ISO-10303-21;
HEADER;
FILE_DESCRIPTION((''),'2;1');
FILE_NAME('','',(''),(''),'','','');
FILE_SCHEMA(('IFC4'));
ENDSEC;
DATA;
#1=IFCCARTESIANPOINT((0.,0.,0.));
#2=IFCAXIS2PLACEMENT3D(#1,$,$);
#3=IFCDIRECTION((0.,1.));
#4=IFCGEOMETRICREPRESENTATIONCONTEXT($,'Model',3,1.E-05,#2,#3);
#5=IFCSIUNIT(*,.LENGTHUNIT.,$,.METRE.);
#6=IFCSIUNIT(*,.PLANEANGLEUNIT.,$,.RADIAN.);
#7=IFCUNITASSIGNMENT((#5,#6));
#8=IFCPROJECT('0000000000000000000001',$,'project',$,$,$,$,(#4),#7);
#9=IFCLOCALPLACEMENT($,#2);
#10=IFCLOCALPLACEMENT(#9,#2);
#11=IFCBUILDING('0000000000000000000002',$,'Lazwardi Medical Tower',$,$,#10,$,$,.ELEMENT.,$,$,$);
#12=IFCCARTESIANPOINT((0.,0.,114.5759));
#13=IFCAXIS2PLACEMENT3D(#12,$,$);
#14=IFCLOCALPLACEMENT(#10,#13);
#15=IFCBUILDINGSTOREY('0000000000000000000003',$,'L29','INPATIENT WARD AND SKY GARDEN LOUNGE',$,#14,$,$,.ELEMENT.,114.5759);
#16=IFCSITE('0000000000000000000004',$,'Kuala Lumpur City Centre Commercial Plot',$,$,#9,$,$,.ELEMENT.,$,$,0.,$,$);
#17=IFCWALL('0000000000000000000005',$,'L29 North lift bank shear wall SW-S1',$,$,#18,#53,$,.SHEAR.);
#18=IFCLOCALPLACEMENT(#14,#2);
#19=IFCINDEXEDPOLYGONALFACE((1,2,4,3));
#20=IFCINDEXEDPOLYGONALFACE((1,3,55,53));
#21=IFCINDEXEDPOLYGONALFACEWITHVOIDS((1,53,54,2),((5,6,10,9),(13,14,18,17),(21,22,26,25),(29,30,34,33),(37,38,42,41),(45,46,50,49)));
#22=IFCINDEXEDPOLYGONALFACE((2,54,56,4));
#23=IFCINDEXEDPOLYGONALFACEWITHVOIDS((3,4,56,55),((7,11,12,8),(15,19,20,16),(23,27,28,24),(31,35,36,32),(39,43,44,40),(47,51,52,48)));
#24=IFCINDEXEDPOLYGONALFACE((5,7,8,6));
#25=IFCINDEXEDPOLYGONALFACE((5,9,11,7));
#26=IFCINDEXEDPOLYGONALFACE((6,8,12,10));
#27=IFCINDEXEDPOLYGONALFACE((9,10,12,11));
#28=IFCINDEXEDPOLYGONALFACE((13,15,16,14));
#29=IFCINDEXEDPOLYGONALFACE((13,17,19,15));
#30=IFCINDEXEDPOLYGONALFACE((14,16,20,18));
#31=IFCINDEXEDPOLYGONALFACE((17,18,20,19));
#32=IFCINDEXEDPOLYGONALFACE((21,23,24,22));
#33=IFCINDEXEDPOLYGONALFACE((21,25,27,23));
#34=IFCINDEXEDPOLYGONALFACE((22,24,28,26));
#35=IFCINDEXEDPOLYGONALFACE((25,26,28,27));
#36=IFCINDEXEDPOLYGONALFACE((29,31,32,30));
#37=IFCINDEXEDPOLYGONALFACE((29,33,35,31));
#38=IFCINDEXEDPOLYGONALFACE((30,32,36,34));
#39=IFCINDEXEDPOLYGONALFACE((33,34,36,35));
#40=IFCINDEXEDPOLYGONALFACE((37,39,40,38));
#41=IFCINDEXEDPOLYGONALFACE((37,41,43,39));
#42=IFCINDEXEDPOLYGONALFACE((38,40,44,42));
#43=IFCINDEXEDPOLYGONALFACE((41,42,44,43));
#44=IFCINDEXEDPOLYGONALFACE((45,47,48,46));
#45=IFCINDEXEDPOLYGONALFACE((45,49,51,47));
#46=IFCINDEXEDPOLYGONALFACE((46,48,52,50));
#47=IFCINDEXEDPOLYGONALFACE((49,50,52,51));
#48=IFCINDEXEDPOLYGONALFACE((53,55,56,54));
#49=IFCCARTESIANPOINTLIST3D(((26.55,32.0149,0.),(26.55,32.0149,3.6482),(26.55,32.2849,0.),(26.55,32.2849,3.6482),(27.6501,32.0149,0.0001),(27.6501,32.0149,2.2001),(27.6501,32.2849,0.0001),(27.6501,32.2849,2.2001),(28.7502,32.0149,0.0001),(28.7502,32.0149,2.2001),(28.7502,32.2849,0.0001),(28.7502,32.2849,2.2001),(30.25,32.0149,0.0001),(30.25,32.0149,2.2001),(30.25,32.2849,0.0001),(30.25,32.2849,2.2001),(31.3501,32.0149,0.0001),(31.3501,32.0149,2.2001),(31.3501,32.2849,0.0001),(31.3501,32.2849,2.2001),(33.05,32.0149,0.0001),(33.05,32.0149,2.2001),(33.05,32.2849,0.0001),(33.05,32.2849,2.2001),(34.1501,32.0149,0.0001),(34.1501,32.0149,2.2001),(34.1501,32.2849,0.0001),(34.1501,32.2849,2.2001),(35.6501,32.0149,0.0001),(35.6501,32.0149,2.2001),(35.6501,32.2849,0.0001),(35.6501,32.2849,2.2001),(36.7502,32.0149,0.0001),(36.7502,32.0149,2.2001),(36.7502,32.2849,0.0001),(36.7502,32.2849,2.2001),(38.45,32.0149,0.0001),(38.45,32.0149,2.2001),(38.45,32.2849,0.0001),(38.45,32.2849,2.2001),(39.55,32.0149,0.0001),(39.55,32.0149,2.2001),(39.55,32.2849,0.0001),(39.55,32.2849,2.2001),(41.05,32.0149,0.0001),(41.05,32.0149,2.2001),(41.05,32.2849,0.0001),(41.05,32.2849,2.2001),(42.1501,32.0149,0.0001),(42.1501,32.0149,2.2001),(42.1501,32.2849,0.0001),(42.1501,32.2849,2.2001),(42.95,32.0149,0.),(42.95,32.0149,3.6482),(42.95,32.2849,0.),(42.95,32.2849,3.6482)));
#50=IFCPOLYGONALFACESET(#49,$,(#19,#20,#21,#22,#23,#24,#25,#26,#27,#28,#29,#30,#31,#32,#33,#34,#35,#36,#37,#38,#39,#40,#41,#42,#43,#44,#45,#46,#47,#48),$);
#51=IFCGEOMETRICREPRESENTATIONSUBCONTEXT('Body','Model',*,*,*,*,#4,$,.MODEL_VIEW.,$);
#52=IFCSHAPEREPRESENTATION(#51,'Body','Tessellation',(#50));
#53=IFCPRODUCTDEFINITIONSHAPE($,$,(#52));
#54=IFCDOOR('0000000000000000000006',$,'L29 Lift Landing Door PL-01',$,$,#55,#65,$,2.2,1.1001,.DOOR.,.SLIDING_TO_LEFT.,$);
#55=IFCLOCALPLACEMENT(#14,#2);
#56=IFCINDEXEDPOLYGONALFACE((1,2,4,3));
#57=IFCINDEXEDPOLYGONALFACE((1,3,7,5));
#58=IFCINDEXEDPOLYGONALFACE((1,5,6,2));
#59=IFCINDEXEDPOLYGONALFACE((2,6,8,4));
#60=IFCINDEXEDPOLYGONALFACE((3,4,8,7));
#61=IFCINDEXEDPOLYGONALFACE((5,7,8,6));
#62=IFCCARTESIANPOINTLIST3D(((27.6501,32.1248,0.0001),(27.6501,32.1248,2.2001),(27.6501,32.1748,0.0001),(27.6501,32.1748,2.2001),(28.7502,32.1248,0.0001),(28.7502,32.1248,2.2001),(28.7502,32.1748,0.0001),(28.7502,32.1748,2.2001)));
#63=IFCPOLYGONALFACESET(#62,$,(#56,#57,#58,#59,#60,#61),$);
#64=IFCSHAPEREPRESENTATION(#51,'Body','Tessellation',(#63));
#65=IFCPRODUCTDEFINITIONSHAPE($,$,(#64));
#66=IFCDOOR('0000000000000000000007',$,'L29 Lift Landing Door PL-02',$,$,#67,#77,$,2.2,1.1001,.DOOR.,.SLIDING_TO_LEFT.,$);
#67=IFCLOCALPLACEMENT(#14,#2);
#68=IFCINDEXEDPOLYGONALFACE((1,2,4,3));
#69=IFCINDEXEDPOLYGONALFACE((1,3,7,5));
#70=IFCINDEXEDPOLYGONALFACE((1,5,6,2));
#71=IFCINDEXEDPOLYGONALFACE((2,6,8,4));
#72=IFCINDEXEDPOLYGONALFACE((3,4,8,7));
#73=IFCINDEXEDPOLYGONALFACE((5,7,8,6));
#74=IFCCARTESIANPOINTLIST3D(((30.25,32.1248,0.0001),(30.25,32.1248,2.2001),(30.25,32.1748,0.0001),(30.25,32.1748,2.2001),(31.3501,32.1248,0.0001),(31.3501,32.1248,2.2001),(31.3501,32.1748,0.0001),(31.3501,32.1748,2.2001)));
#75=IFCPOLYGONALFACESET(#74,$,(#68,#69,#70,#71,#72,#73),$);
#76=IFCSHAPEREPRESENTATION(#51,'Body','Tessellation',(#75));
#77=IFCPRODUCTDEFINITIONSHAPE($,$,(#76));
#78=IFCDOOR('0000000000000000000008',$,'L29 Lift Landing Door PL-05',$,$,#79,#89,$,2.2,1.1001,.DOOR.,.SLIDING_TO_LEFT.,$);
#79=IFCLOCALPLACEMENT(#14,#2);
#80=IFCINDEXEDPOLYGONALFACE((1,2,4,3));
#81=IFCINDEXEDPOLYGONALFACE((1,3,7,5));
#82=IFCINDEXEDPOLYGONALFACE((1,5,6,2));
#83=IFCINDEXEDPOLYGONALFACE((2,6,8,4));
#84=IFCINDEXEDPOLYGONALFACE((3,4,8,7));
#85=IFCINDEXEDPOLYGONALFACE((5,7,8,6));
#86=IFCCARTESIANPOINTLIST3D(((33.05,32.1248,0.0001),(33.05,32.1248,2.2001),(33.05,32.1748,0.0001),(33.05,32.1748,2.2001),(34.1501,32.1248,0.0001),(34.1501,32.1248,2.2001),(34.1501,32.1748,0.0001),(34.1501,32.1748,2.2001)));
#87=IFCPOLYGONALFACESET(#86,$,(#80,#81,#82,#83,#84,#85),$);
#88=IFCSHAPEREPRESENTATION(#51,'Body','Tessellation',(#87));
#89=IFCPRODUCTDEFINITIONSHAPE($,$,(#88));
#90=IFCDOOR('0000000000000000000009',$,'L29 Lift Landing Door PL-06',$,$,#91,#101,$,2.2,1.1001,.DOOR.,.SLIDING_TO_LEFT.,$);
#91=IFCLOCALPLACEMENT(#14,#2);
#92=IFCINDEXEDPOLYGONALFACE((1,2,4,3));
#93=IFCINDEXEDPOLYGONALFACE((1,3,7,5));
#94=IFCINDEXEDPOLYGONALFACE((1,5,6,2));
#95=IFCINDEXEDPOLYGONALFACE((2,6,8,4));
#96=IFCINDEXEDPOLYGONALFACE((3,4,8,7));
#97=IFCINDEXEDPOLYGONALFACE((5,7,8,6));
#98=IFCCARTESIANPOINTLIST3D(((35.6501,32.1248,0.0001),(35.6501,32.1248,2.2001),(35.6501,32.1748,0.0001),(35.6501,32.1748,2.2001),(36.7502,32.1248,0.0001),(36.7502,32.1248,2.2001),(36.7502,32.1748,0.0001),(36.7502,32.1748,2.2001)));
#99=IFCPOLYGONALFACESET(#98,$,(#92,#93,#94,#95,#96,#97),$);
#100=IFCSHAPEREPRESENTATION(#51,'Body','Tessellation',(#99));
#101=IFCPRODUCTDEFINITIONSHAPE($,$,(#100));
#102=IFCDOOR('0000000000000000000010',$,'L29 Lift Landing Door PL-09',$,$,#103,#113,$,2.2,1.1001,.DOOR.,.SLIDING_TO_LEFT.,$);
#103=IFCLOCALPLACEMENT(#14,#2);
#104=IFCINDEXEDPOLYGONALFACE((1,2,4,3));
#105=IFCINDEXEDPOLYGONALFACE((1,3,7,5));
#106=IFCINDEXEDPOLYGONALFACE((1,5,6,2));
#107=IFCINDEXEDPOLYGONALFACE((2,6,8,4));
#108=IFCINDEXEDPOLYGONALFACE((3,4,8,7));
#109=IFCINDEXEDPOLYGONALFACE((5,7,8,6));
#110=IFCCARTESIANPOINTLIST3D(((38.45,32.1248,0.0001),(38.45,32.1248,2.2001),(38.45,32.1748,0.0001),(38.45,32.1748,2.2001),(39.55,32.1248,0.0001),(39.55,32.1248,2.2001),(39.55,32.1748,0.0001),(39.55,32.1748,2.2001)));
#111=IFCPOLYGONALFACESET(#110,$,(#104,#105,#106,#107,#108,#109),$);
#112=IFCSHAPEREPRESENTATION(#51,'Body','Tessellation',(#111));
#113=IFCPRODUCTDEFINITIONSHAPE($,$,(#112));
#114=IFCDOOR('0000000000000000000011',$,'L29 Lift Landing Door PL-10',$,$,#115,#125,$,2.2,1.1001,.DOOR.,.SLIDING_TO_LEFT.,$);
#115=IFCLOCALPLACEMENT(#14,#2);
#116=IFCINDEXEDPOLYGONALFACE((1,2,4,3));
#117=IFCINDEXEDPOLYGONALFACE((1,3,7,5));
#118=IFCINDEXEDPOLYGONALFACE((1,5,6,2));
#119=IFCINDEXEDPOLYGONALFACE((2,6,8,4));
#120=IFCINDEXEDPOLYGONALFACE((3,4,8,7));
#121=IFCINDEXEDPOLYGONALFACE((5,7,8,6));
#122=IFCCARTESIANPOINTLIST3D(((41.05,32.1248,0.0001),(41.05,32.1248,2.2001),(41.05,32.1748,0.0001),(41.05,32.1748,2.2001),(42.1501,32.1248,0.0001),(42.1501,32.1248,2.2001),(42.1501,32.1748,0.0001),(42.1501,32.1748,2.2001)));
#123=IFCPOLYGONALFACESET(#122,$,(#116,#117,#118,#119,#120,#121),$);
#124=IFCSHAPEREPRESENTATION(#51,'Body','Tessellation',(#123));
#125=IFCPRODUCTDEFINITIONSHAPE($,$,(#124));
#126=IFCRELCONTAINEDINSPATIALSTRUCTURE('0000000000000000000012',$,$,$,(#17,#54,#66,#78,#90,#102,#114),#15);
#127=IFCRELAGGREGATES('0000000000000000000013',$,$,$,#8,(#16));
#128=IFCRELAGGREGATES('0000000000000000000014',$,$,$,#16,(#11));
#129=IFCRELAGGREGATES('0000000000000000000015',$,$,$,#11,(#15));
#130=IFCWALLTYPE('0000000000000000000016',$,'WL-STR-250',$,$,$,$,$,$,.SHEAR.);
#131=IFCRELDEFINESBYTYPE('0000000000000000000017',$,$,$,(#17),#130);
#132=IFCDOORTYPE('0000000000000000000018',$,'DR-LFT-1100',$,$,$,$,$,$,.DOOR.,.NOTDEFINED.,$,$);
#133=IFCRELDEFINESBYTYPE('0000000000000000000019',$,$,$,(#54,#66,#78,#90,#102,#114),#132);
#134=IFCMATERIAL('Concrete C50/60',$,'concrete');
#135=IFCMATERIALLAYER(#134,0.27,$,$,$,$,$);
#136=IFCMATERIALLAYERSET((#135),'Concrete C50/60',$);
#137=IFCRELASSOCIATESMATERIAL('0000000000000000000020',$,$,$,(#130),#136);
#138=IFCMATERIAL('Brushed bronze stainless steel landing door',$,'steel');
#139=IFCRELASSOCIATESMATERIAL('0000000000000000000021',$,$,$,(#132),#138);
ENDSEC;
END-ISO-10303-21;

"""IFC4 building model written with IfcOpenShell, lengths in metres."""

from ifc_helpers import new_model, si_unit, direction, frame, frame_2d, origin, place, context, subcontext, project, spatial, rectangle, extrude, material, layer, layer_set, type_object, element, fill, save


model = new_model("IFC4")

# Units and contexts
model_context = context("Model", 3, precision=1e-05, world=origin(), true_north=direction((0.0, 1.0)))
body_context = subcontext(model_context, "Body", "Model", "MODEL_VIEW")
ifc_project = project(units=[si_unit("LENGTHUNIT", "METRE"), si_unit("PLANEANGLEUNIT", "RADIAN")], contexts=[model_context])

# Site, building, storey
site_placement = place(None, origin())
site = spatial("IfcSite", under=ifc_project, at=site_placement, Name="Kuala Lumpur City Centre Commercial Plot", CompositionType="ELEMENT", RefElevation=0.0)
building_placement = place(site_placement, origin())
building = spatial("IfcBuilding", under=site, at=building_placement, Name="Lazwardi Medical Tower", CompositionType="ELEMENT")
storey_placement = place(building_placement, frame((0.0, 0.0, 114.5759)))
storey = spatial("IfcBuildingStorey", under=building, at=storey_placement, Name="L29", Description="INPATIENT WARD AND SKY GARDEN LOUNGE", CompositionType="ELEMENT", Elevation=114.5759)

# Wall, openings, doors
ifc_material_1 = material(Name="Concrete C50/60", Category="concrete")
ifc_layer_1 = layer(ifc_material_1, 0.27)
ifc_layer_set_1 = layer_set([ifc_layer_1], Name="Concrete C50/60")
wall_type_1 = type_object("IfcWallType", Name="WL-STR-250", PredefinedType="SHEAR", material=ifc_layer_set_1)
wall_1_placement = place(storey_placement, frame((26.55, 32.1499, 0.0), z_axis=(0.0, 0.0, 1.0), x_axis=(1.0, 0.0, 0.0)))
wall_1 = element("IfcWall", 1, at=wall_1_placement, inside=storey, type_object=wall_type_1, Name="L29 North lift bank shear wall SW-S1", PredefinedType="SHEAR", context=body_context, shape_type="SweptSolid", body=[
    extrude(rectangle(XDim=16.3999, YDim=0.27, at=frame_2d((8.2, 0.0))), origin(), (0.0, 0.0, 1.0), 3.6482),
])
opening_1_placement = place(wall_1_placement, frame((1.1001, 0.0, 0.0)))
opening_1 = element("IfcOpeningElement", 2, at=opening_1_placement, cuts=wall_1, PredefinedType="OPENING", context=body_context, shape_type="SweptSolid", body=[
    extrude(rectangle(XDim=1.1001, YDim=2.2, at=frame_2d((0.55, 1.1001))), frame((0.0, 0.145, 0.0), z_axis=(0.0, -1.0, 0.0), x_axis=(1.0, 0.0, 0.0)), (0.0, 0.0, 1.0), 0.29),
])
opening_2_placement = place(wall_1_placement, frame((3.7, 0.0, 0.0)))
opening_2 = element("IfcOpeningElement", 3, at=opening_2_placement, cuts=wall_1, PredefinedType="OPENING", context=body_context, shape_type="SweptSolid", body=[
    extrude(rectangle(XDim=1.1001, YDim=2.2, at=frame_2d((0.55, 1.1001))), frame((0.0, 0.145, 0.0), z_axis=(0.0, -1.0, 0.0), x_axis=(1.0, 0.0, 0.0)), (0.0, 0.0, 1.0), 0.29),
])
opening_3_placement = place(wall_1_placement, frame((6.5, 0.0, 0.0)))
opening_3 = element("IfcOpeningElement", 4, at=opening_3_placement, cuts=wall_1, PredefinedType="OPENING", context=body_context, shape_type="SweptSolid", body=[
    extrude(rectangle(XDim=1.1001, YDim=2.2, at=frame_2d((0.55, 1.1001))), frame((0.0, 0.145, 0.0), z_axis=(0.0, -1.0, 0.0), x_axis=(1.0, 0.0, 0.0)), (0.0, 0.0, 1.0), 0.29),
])
opening_4_placement = place(wall_1_placement, frame((9.1001, 0.0, 0.0)))
opening_4 = element("IfcOpeningElement", 5, at=opening_4_placement, cuts=wall_1, PredefinedType="OPENING", context=body_context, shape_type="SweptSolid", body=[
    extrude(rectangle(XDim=1.1001, YDim=2.2, at=frame_2d((0.55, 1.1001))), frame((0.0, 0.145, 0.0), z_axis=(0.0, -1.0, 0.0), x_axis=(1.0, 0.0, 0.0)), (0.0, 0.0, 1.0), 0.29),
])
opening_5_placement = place(wall_1_placement, frame((11.8999, 0.0, 0.0)))
opening_5 = element("IfcOpeningElement", 6, at=opening_5_placement, cuts=wall_1, PredefinedType="OPENING", context=body_context, shape_type="SweptSolid", body=[
    extrude(rectangle(XDim=1.1001, YDim=2.2, at=frame_2d((0.55, 1.1001))), frame((0.0, 0.145, 0.0), z_axis=(0.0, -1.0, 0.0), x_axis=(1.0, 0.0, 0.0)), (0.0, 0.0, 1.0), 0.29),
])
opening_6_placement = place(wall_1_placement, frame((14.5, 0.0, 0.0)))
opening_6 = element("IfcOpeningElement", 7, at=opening_6_placement, cuts=wall_1, PredefinedType="OPENING", context=body_context, shape_type="SweptSolid", body=[
    extrude(rectangle(XDim=1.1001, YDim=2.2, at=frame_2d((0.55, 1.1001))), frame((0.0, 0.145, 0.0), z_axis=(0.0, -1.0, 0.0), x_axis=(1.0, 0.0, 0.0)), (0.0, 0.0, 1.0), 0.29),
])
ifc_material_2 = material(Name="Brushed bronze stainless steel landing door", Category="steel")
door_type = type_object("IfcDoorType", Name="DR-LFT-1100", OperationType="NOTDEFINED", PredefinedType="DOOR", material=ifc_material_2)
door_1_placement = place(opening_1_placement, origin())
door_1 = element("IfcDoor", 8, at=door_1_placement, inside=storey, type_object=door_type, Name="L29 Lift Landing Door PL-01", OperationType="SLIDING_TO_LEFT", OverallHeight=2.2, OverallWidth=1.1001, PredefinedType="DOOR", context=body_context, shape_type="SweptSolid", body=[
    extrude(rectangle(XDim=1.1001, YDim=2.2, at=frame_2d((0.55, 1.1001))), frame((0.0, 0.0249, 0.0), z_axis=(0.0, -1.0, 0.0), x_axis=(1.0, 0.0, 0.0)), (0.0, 0.0, 1.0), 0.05),
])
fill(opening_1, door_1)
door_2_placement = place(opening_2_placement, origin())
door_2 = element("IfcDoor", 9, at=door_2_placement, inside=storey, type_object=door_type, Name="L29 Lift Landing Door PL-02", OperationType="SLIDING_TO_LEFT", OverallHeight=2.2, OverallWidth=1.1001, PredefinedType="DOOR", context=body_context, shape_type="SweptSolid", body=[
    extrude(rectangle(XDim=1.1001, YDim=2.2, at=frame_2d((0.55, 1.1001))), frame((0.0, 0.0249, 0.0), z_axis=(0.0, -1.0, 0.0), x_axis=(1.0, 0.0, 0.0)), (0.0, 0.0, 1.0), 0.05),
])
fill(opening_2, door_2)
door_3_placement = place(opening_3_placement, origin())
door_3 = element("IfcDoor", 10, at=door_3_placement, inside=storey, type_object=door_type, Name="L29 Lift Landing Door PL-05", OperationType="SLIDING_TO_LEFT", OverallHeight=2.2, OverallWidth=1.1001, PredefinedType="DOOR", context=body_context, shape_type="SweptSolid", body=[
    extrude(rectangle(XDim=1.1001, YDim=2.2, at=frame_2d((0.55, 1.1001))), frame((0.0, 0.0249, 0.0), z_axis=(0.0, -1.0, 0.0), x_axis=(1.0, 0.0, 0.0)), (0.0, 0.0, 1.0), 0.05),
])
fill(opening_3, door_3)
door_4_placement = place(opening_4_placement, origin())
door_4 = element("IfcDoor", 11, at=door_4_placement, inside=storey, type_object=door_type, Name="L29 Lift Landing Door PL-06", OperationType="SLIDING_TO_LEFT", OverallHeight=2.2, OverallWidth=1.1001, PredefinedType="DOOR", context=body_context, shape_type="SweptSolid", body=[
    extrude(rectangle(XDim=1.1001, YDim=2.2, at=frame_2d((0.55, 1.1001))), frame((0.0, 0.0249, 0.0), z_axis=(0.0, -1.0, 0.0), x_axis=(1.0, 0.0, 0.0)), (0.0, 0.0, 1.0), 0.05),
])
fill(opening_4, door_4)
door_5_placement = place(opening_5_placement, origin())
door_5 = element("IfcDoor", 12, at=door_5_placement, inside=storey, type_object=door_type, Name="L29 Lift Landing Door PL-09", OperationType="SLIDING_TO_LEFT", OverallHeight=2.2, OverallWidth=1.1001, PredefinedType="DOOR", context=body_context, shape_type="SweptSolid", body=[
    extrude(rectangle(XDim=1.1001, YDim=2.2, at=frame_2d((0.55, 1.1001))), frame((0.0, 0.0249, 0.0), z_axis=(0.0, -1.0, 0.0), x_axis=(1.0, 0.0, 0.0)), (0.0, 0.0, 1.0), 0.05),
])
fill(opening_5, door_5)
door_6_placement = place(opening_6_placement, origin())
door_6 = element("IfcDoor", 13, at=door_6_placement, inside=storey, type_object=door_type, Name="L29 Lift Landing Door PL-10", OperationType="SLIDING_TO_LEFT", OverallHeight=2.2, OverallWidth=1.1001, PredefinedType="DOOR", context=body_context, shape_type="SweptSolid", body=[
    extrude(rectangle(XDim=1.1001, YDim=2.2, at=frame_2d((0.55, 1.1001))), frame((0.0, 0.0249, 0.0), z_axis=(0.0, -1.0, 0.0), x_axis=(1.0, 0.0, 0.0)), (0.0, 0.0, 1.0), 0.05),
])
fill(opening_6, door_6)

save(model, "model.ifc")
